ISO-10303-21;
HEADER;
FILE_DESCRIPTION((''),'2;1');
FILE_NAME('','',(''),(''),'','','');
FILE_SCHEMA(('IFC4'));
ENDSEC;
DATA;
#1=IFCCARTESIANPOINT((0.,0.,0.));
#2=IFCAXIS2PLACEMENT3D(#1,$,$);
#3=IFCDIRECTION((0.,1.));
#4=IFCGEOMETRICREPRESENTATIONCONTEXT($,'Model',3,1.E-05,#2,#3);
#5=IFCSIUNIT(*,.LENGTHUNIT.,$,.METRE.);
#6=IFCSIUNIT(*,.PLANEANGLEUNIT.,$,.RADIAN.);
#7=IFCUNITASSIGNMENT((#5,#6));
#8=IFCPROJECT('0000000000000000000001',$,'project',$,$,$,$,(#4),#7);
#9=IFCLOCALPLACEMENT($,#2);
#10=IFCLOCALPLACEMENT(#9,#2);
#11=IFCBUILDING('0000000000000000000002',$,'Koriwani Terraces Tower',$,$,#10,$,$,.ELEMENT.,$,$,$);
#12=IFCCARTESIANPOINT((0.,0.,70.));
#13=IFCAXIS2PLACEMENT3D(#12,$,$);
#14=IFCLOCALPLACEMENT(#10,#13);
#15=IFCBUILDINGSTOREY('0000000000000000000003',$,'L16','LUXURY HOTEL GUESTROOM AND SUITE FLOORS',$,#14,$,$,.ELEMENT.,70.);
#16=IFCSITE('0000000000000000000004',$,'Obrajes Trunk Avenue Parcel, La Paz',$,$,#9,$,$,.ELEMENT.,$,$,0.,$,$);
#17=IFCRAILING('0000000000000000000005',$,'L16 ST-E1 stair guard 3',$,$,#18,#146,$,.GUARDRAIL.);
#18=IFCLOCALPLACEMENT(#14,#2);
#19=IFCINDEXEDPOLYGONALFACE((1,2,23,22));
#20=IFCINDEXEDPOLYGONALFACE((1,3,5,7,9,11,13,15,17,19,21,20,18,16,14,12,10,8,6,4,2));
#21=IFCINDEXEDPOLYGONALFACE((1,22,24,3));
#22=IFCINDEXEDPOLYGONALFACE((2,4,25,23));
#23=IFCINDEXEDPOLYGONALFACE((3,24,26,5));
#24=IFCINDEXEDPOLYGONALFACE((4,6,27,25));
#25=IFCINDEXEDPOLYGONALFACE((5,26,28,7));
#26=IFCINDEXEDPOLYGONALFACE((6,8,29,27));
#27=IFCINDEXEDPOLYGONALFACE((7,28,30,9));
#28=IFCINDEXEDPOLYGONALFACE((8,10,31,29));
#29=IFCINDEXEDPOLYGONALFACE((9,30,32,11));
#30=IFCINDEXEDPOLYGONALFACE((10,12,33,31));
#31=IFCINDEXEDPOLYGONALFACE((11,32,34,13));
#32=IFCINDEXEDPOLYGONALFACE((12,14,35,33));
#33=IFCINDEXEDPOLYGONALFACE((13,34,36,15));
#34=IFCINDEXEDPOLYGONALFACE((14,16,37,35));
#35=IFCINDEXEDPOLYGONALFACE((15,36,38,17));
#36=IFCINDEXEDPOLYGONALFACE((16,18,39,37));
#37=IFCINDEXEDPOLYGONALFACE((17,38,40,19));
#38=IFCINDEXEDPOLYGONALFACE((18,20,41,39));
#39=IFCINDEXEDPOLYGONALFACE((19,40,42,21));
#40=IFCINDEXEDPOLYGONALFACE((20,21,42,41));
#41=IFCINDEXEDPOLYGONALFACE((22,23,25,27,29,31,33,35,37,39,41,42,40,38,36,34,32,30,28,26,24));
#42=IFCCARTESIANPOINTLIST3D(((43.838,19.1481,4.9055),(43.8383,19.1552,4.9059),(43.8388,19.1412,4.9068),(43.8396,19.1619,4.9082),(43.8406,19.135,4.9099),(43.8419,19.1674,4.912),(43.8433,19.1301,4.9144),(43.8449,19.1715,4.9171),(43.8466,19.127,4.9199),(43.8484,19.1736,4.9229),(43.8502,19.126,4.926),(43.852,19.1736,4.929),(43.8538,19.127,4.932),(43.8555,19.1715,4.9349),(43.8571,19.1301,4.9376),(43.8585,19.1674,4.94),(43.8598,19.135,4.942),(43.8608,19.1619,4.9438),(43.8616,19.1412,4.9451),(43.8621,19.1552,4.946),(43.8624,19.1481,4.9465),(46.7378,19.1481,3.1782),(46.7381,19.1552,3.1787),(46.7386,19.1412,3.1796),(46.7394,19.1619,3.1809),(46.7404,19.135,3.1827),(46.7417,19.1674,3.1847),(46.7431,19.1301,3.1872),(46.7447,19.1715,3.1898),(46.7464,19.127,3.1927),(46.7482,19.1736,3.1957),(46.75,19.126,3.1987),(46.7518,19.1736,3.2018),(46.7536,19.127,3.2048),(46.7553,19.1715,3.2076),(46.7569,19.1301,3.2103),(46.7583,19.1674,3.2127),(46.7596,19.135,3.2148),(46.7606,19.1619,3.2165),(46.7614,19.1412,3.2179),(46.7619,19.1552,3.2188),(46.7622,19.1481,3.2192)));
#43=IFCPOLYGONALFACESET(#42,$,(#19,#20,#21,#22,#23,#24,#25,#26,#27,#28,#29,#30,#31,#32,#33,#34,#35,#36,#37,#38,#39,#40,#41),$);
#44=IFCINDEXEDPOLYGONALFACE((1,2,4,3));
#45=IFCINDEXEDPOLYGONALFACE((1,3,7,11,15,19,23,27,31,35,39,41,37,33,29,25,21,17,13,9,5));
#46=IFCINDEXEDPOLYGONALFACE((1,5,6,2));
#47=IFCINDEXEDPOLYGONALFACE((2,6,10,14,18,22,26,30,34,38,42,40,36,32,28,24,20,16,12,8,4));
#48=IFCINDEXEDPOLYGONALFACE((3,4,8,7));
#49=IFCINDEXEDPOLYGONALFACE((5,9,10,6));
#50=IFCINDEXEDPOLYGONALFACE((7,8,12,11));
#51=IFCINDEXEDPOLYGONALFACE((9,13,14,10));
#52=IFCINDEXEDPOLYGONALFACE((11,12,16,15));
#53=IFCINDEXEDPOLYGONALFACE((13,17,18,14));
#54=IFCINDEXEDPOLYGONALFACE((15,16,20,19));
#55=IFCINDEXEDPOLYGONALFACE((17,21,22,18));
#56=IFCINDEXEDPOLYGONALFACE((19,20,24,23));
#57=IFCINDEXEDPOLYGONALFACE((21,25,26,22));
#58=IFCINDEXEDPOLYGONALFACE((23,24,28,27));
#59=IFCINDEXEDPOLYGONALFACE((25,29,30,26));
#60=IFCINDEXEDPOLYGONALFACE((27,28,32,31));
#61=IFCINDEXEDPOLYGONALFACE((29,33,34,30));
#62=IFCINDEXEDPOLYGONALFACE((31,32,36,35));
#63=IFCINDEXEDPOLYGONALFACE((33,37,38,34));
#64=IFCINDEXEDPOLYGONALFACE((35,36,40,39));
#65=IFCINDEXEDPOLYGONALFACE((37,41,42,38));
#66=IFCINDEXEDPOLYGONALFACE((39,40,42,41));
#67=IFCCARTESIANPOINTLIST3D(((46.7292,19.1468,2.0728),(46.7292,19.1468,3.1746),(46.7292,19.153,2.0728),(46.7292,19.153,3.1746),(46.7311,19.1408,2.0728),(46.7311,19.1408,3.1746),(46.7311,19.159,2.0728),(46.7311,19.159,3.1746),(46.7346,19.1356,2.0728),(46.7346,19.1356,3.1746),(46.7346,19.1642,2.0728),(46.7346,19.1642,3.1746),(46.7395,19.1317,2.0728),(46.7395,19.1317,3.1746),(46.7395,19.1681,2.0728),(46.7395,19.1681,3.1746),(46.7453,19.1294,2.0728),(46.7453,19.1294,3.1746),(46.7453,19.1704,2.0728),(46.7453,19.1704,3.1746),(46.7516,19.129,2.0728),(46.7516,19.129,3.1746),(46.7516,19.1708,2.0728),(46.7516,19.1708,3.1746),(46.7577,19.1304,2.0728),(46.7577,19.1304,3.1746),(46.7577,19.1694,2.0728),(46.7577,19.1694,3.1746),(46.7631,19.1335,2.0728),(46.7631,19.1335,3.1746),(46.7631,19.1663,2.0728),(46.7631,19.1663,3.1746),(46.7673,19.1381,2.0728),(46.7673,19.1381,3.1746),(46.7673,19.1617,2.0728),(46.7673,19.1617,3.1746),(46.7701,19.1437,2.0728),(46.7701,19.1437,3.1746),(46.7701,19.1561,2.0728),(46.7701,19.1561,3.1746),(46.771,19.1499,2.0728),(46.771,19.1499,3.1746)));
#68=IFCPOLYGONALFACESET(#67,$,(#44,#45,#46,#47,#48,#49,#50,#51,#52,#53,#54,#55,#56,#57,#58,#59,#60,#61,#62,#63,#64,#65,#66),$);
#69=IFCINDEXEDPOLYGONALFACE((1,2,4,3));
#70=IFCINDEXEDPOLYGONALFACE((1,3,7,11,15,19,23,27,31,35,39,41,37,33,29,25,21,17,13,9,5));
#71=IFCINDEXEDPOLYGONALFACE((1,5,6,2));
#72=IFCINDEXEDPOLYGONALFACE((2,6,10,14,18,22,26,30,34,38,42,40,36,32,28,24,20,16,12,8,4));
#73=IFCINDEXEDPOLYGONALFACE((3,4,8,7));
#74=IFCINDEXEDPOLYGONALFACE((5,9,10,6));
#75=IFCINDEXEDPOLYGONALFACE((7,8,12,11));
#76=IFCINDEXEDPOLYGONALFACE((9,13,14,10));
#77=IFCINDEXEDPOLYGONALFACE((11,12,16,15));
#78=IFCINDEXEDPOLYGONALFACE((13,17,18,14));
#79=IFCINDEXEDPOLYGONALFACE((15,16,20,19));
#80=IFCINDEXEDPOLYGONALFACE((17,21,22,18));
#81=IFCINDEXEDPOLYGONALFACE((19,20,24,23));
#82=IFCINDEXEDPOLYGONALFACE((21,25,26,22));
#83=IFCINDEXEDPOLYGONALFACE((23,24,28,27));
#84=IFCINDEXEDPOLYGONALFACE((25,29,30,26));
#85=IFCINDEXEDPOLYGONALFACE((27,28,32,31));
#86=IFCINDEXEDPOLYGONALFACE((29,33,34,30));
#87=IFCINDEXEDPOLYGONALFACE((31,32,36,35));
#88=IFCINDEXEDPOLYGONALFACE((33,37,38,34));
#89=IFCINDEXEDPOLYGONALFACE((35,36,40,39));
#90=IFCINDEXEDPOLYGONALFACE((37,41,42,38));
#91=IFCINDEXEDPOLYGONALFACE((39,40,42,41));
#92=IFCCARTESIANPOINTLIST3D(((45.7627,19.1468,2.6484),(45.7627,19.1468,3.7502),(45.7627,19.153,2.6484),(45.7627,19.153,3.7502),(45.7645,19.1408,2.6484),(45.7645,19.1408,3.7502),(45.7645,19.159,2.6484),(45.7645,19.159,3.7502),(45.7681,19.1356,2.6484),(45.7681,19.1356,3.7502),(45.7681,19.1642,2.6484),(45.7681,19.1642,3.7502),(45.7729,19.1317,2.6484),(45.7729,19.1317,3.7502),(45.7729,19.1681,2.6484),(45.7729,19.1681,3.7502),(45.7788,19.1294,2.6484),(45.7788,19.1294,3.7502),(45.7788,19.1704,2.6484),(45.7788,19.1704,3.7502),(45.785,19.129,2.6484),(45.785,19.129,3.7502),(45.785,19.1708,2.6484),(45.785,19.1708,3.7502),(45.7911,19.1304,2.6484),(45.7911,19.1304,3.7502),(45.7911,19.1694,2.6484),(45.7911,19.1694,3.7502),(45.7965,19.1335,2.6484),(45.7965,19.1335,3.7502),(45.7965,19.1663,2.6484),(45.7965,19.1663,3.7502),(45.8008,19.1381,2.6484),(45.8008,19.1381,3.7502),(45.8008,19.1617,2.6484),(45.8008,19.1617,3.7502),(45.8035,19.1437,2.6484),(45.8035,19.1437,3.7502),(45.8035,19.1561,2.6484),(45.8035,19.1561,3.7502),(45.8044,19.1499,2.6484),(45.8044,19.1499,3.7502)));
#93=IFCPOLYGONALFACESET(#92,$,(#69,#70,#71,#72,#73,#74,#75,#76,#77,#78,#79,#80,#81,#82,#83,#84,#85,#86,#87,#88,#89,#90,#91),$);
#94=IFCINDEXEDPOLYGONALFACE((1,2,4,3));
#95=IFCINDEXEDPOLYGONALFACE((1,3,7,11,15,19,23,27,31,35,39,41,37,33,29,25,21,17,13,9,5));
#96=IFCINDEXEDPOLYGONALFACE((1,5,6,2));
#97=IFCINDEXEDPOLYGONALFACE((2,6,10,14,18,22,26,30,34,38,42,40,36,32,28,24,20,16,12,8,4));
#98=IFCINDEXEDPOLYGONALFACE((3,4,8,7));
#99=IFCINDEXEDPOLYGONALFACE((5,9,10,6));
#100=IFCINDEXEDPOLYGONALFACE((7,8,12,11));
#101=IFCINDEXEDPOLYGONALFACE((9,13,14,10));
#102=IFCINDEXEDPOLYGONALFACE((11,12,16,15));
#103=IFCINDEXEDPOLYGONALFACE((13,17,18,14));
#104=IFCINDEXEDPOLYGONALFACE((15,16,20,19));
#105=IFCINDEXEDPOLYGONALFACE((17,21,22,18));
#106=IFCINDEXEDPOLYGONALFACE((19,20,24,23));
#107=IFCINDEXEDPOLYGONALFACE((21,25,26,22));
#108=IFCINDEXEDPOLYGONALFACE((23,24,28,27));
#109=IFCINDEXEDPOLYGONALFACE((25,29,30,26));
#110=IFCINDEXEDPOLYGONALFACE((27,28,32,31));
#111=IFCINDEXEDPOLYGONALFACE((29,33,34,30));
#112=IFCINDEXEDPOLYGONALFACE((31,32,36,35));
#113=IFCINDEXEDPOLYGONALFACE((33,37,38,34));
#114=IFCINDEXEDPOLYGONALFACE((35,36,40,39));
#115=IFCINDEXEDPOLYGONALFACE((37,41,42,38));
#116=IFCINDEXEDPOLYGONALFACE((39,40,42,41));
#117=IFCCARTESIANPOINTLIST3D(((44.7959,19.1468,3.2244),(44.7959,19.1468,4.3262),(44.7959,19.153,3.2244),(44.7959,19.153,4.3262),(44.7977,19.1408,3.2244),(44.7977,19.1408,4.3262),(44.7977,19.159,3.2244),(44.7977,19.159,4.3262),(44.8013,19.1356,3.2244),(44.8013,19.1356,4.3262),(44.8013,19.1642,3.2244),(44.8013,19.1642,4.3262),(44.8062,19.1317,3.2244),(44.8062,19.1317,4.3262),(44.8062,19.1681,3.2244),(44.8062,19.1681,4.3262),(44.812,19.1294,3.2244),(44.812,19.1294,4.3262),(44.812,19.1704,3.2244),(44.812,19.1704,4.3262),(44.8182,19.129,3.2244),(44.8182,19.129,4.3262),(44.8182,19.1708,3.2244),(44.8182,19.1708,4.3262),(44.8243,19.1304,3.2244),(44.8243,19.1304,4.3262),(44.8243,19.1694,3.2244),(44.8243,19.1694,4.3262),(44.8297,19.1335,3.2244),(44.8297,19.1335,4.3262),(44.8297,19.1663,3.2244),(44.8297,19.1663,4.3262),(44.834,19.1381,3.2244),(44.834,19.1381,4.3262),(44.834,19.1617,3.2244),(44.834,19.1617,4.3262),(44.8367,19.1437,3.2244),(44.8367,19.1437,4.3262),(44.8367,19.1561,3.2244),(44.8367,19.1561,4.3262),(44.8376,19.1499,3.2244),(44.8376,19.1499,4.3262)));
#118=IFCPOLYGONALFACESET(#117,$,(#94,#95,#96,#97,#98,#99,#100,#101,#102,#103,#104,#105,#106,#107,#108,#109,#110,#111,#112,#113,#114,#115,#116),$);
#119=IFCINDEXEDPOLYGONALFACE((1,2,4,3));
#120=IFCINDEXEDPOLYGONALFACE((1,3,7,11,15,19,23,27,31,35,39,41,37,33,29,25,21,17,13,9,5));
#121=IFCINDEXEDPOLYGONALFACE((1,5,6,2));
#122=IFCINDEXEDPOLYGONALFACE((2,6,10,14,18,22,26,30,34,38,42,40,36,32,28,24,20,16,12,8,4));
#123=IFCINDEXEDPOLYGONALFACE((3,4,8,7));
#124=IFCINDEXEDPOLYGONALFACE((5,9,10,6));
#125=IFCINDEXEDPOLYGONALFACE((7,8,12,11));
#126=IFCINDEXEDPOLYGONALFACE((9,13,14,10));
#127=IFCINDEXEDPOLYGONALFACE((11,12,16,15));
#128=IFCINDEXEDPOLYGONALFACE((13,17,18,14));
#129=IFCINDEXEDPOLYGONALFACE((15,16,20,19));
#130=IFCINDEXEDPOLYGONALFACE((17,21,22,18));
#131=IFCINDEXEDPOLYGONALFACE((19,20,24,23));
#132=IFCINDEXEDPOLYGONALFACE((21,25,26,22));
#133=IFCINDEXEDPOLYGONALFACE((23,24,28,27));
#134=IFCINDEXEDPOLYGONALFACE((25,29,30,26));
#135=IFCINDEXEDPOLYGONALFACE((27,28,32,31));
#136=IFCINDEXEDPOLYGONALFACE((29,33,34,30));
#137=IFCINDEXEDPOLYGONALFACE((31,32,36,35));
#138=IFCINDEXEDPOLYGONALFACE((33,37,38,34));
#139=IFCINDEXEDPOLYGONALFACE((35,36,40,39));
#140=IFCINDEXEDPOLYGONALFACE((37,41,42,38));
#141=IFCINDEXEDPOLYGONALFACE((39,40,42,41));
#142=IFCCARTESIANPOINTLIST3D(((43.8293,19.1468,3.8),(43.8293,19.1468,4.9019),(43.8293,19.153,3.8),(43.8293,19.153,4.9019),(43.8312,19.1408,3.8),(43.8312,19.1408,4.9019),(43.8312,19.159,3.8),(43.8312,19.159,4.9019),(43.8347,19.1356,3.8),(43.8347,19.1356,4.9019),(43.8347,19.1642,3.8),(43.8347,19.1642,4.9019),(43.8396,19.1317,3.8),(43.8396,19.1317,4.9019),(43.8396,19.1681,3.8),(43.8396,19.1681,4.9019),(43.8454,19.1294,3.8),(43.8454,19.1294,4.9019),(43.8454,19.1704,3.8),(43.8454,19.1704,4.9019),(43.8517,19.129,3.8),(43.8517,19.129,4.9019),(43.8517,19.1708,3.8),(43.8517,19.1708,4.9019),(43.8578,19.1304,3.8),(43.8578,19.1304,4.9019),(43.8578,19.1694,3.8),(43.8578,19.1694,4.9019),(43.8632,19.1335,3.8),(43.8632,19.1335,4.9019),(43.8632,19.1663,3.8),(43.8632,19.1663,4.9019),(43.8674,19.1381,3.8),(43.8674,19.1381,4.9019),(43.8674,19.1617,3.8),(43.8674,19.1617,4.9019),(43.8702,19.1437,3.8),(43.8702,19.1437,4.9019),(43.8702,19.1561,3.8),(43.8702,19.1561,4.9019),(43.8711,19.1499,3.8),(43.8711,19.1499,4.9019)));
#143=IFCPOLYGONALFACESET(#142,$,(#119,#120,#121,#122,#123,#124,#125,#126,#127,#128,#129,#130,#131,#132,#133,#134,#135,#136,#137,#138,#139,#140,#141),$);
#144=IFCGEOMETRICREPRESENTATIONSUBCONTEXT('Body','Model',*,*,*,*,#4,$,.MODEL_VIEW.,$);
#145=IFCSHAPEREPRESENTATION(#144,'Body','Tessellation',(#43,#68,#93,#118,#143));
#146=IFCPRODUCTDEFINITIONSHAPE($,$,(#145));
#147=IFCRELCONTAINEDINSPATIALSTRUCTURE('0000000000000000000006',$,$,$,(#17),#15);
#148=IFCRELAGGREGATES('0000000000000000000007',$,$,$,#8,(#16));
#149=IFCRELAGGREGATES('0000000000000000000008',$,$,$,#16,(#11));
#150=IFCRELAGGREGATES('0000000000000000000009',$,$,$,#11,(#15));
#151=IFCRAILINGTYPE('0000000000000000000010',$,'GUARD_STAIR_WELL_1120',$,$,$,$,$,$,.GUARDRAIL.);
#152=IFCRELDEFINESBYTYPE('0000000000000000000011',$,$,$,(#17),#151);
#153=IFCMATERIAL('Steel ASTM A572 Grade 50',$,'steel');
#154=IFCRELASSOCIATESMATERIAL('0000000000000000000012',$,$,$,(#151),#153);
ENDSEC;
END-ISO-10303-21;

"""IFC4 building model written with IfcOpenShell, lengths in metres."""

from ifc_helpers import new_model, si_unit, direction, frame, origin, origin_2d, place, context, subcontext, project, spatial, circle, extrude, material, type_object, element, save


model = new_model("IFC4")

# Units and contexts
model_context = context("Model", 3, precision=1e-05, world=origin(), true_north=direction((0.0, 1.0)))
body_context = subcontext(model_context, "Body", "Model", "MODEL_VIEW")
ifc_project = project(units=[si_unit("LENGTHUNIT", "METRE"), si_unit("PLANEANGLEUNIT", "RADIAN")], contexts=[model_context])

# Site, building, storey
site_placement = place(None, origin())
site = spatial("IfcSite", under=ifc_project, at=site_placement, Name="Obrajes Trunk Avenue Parcel, La Paz", CompositionType="ELEMENT", RefElevation=0.0)
building_placement = place(site_placement, origin())
building = spatial("IfcBuilding", under=site, at=building_placement, Name="Koriwani Terraces Tower", CompositionType="ELEMENT")
storey_placement = place(building_placement, frame((0.0, 0.0, 70.0)))
storey = spatial("IfcBuildingStorey", under=building, at=storey_placement, Name="L16", Description="LUXURY HOTEL GUESTROOM AND SUITE FLOORS", CompositionType="ELEMENT", Elevation=70.0)

# Shared definitions
ifc_material_1 = material(Name="Steel ASTM A572 Grade 50", Category="steel")

# Railing
railing_type = type_object("IfcRailingType", Name="GUARD_STAIR_WELL_1120", PredefinedType="GUARDRAIL", material=ifc_material_1)
railing_1_placement = place(storey_placement, frame((46.75, 19.1499, 2.0728)))
element("IfcRailing", 1, at=railing_1_placement, inside=storey, type_object=railing_type, Name="L16 ST-E1 stair guard 3", PredefinedType="GUARDRAIL", context=body_context, shape_type="SweptSolid", body=[
    extrude(circle(Radius=0.0239, at=origin_2d()), frame((0.0, 0.0, 1.126), z_axis=(-0.859141, 0.0, 0.511738), x_axis=(0.0, -1.0, 0.0)), (0.0, 0.0, 1.0), 3.3752),
    extrude(circle(Radius=0.021, at=origin_2d()), origin(), (0.0, 0.0, 1.0), 1.1018),
    extrude(circle(Radius=0.021, at=origin_2d()), frame((-0.9666, 0.0, 0.5757)), (0.0, 0.0, 1.0), 1.1018),
    extrude(circle(Radius=0.021, at=origin_2d()), frame((-1.9333, 0.0, 1.1516)), (0.0, 0.0, 1.0), 1.1018),
    extrude(circle(Radius=0.021, at=origin_2d()), frame((-2.8999, 0.0, 1.7273)), (0.0, 0.0, 1.0), 1.1018),
])

save(model, "model.ifc")
